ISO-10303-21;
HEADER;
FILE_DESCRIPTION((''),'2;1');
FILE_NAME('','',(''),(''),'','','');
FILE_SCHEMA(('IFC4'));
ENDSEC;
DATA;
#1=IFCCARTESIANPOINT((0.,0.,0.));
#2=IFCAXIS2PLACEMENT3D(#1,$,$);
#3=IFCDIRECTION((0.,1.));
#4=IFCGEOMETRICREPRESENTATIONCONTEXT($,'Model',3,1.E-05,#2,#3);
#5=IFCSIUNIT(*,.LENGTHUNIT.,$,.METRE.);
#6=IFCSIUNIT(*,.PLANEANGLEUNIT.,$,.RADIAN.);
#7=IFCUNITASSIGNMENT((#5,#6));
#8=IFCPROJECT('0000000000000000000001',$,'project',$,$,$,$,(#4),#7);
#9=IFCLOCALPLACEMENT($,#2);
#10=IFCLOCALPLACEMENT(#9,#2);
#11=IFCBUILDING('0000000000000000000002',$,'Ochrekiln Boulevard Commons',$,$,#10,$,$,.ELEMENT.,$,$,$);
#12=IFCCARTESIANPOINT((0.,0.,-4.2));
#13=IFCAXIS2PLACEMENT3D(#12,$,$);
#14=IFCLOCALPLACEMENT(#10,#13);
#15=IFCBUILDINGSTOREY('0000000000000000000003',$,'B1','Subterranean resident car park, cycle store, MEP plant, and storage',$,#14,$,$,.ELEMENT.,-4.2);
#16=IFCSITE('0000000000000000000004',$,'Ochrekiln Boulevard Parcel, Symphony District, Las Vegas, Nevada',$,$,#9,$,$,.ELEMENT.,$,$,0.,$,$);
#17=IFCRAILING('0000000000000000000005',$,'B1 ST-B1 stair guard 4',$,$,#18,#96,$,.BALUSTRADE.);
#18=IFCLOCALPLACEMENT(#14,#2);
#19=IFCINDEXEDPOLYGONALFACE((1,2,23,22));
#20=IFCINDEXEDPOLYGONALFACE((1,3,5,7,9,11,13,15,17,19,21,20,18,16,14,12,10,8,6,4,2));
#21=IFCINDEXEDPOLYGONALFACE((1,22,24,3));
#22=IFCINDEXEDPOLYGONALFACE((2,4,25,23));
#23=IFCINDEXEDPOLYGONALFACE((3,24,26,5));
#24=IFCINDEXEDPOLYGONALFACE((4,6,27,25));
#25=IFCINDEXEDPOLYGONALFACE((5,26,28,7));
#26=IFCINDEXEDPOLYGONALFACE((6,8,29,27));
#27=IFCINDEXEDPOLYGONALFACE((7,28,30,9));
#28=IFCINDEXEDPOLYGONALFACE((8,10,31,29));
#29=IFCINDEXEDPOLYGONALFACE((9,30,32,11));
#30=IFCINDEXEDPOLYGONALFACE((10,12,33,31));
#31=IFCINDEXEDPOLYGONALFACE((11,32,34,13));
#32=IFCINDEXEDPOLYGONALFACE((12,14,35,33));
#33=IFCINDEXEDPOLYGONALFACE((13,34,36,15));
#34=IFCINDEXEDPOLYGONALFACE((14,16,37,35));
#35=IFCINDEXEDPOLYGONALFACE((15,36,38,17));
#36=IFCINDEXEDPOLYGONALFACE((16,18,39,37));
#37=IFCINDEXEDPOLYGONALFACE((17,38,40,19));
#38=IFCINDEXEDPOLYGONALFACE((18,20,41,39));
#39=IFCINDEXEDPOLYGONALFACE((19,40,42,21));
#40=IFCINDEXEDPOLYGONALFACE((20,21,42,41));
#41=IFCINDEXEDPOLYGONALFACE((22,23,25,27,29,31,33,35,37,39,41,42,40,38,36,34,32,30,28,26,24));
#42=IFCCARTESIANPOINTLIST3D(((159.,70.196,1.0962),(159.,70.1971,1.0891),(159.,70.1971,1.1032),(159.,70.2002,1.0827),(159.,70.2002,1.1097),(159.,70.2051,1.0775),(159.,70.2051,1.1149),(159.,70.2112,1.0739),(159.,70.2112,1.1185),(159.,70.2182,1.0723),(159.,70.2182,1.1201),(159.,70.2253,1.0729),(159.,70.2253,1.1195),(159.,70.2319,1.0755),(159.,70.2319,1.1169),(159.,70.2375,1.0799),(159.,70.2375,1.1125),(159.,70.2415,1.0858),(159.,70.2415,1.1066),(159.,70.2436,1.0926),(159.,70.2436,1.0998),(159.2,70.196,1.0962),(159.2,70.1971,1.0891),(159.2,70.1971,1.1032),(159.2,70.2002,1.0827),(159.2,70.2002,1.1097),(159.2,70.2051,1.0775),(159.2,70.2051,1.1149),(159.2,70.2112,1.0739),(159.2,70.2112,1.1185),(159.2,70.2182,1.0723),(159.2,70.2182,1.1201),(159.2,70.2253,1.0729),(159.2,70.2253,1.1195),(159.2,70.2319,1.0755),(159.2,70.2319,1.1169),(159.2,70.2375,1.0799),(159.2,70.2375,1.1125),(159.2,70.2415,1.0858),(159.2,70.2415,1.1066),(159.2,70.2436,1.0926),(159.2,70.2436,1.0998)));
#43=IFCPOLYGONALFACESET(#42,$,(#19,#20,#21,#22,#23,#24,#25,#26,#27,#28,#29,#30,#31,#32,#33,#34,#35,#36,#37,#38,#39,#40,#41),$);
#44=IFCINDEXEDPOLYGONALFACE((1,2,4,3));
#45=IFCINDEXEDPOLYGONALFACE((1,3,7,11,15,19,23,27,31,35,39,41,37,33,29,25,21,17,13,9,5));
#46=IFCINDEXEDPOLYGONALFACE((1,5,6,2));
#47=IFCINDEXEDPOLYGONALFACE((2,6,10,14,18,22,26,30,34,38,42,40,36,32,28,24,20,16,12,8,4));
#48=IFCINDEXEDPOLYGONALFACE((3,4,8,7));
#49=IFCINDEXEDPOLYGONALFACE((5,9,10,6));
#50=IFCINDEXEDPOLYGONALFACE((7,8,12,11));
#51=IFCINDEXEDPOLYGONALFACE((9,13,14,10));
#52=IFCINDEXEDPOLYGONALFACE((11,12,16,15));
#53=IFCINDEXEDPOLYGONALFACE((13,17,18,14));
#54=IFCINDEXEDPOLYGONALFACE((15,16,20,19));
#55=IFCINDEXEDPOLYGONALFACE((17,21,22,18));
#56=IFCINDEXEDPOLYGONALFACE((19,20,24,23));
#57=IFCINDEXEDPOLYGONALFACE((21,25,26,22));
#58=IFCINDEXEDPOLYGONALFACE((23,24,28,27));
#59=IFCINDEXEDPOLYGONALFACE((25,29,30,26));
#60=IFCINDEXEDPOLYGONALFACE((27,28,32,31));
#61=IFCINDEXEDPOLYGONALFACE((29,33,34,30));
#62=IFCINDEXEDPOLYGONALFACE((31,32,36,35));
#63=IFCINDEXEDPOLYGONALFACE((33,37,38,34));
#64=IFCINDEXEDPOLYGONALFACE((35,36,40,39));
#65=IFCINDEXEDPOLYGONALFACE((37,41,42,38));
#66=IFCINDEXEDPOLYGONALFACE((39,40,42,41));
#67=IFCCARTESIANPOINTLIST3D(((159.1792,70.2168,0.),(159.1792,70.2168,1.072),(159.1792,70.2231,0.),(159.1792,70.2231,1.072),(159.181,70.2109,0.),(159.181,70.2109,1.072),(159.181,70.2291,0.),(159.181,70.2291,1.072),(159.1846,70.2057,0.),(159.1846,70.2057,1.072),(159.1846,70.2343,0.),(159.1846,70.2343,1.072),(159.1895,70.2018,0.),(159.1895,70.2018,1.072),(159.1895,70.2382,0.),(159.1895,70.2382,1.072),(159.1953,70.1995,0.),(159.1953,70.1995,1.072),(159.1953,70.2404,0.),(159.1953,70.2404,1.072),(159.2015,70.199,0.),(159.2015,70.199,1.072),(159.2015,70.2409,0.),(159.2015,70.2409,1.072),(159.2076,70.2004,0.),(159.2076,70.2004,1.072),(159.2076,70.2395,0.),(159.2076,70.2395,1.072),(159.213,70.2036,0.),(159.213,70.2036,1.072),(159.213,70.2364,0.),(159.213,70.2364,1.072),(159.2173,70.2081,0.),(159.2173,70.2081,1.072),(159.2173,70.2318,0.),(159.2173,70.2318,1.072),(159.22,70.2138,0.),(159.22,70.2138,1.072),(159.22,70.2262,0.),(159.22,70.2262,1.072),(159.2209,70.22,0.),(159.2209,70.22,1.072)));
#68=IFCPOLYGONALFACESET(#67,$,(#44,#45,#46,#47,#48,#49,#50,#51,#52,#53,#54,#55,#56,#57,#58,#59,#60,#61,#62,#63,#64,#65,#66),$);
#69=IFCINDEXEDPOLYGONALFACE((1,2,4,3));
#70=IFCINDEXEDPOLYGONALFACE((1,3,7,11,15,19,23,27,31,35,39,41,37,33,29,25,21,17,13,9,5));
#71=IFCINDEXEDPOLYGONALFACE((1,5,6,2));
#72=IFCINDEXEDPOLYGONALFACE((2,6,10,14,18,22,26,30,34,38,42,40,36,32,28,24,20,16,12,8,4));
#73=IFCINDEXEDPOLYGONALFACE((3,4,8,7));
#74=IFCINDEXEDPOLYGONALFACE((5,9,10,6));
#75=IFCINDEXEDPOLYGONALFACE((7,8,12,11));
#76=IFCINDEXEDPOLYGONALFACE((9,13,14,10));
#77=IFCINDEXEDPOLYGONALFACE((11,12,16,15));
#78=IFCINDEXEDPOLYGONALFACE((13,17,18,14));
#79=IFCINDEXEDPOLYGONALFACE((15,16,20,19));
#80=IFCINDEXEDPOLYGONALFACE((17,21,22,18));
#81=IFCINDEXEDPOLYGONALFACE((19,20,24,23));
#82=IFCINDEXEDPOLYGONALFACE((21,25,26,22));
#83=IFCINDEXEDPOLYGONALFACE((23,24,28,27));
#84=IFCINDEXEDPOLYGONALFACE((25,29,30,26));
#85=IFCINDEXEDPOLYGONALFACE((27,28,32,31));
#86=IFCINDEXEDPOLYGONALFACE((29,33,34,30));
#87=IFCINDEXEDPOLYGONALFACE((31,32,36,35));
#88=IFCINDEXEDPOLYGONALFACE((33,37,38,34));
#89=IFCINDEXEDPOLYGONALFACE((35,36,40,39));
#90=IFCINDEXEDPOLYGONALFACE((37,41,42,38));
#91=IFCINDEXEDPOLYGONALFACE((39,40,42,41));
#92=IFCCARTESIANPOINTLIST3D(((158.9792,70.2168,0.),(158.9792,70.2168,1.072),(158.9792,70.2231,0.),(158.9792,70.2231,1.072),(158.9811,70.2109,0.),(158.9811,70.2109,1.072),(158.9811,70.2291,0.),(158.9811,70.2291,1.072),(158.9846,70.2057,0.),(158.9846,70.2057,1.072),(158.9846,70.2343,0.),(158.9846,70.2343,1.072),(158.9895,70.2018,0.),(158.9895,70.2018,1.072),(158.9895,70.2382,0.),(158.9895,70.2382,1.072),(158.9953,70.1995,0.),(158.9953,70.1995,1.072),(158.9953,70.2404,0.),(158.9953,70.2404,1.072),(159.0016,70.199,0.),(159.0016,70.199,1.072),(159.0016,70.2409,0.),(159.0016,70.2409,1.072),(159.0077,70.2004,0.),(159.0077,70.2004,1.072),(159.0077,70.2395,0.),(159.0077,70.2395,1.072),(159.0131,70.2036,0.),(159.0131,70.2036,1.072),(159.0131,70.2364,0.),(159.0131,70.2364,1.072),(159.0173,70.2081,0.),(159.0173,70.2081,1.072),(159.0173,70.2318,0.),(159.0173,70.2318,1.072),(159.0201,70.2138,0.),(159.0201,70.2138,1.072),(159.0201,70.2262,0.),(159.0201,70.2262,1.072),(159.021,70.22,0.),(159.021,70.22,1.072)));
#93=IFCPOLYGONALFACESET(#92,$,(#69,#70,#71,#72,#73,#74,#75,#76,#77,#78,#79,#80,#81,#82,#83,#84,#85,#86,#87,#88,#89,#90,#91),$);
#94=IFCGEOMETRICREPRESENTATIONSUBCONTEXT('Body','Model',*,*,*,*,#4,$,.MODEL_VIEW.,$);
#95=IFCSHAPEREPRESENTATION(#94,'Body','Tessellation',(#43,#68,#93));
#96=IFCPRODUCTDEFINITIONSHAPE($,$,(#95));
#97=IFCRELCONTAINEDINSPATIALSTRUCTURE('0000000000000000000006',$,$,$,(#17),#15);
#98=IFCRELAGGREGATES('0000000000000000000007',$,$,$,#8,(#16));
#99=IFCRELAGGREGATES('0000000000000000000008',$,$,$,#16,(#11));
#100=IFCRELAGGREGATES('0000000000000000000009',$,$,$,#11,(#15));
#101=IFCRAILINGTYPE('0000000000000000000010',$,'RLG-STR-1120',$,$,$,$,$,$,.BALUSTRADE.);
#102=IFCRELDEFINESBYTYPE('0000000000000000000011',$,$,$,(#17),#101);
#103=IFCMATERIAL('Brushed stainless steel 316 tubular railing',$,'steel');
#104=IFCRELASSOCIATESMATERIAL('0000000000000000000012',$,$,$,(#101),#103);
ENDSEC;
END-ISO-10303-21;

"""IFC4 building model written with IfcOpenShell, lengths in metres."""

from ifc_helpers import new_model, si_unit, direction, frame, origin, origin_2d, place, context, subcontext, project, spatial, circle, extrude, material, type_object, element, save


model = new_model("IFC4")

# Units and contexts
model_context = context("Model", 3, precision=1e-05, world=origin(), true_north=direction((0.0, 1.0)))
body_context = subcontext(model_context, "Body", "Model", "MODEL_VIEW")
ifc_project = project(units=[si_unit("LENGTHUNIT", "METRE"), si_unit("PLANEANGLEUNIT", "RADIAN")], contexts=[model_context])

# Site, building, storey
site_placement = place(None, origin())
site = spatial("IfcSite", under=ifc_project, at=site_placement, Name="Ochrekiln Boulevard Parcel, Symphony District, Las Vegas, Nevada", CompositionType="ELEMENT", RefElevation=0.0)
building_placement = place(site_placement, origin())
building = spatial("IfcBuilding", under=site, at=building_placement, Name="Ochrekiln Boulevard Commons", CompositionType="ELEMENT")
storey_placement = place(building_placement, frame((0.0, 0.0, -4.2)))
storey = spatial("IfcBuildingStorey", under=building, at=storey_placement, Name="B1", Description="Subterranean resident car park, cycle store, MEP plant, and storage", CompositionType="ELEMENT", Elevation=-4.2)

# Railing
ifc_material_1 = material(Name="Brushed stainless steel 316 tubular railing", Category="steel")
railing_type = type_object("IfcRailingType", Name="RLG-STR-1120", PredefinedType="BALUSTRADE", material=ifc_material_1)
railing_1_placement = place(storey_placement, frame((159.2, 70.22, 0.0)))
element("IfcRailing", 1, at=railing_1_placement, inside=storey, type_object=railing_type, Name="B1 ST-B1 stair guard 4", PredefinedType="BALUSTRADE", context=body_context, shape_type="SweptSolid", body=[
    extrude(circle(Radius=0.0239, at=origin_2d()), frame((0.0, 0.0, 1.0962), z_axis=(-1.0, 0.0, 0.0), x_axis=(0.0, -1.0, 0.0)), (0.0, 0.0, 1.0), 0.2),
    extrude(circle(Radius=0.021, at=origin_2d()), origin(), (0.0, 0.0, 1.0), 1.072),
    extrude(circle(Radius=0.021, at=origin_2d()), frame((-0.2, 0.0, 0.0)), (0.0, 0.0, 1.0), 1.072),
])

save(model, "model.ifc")
